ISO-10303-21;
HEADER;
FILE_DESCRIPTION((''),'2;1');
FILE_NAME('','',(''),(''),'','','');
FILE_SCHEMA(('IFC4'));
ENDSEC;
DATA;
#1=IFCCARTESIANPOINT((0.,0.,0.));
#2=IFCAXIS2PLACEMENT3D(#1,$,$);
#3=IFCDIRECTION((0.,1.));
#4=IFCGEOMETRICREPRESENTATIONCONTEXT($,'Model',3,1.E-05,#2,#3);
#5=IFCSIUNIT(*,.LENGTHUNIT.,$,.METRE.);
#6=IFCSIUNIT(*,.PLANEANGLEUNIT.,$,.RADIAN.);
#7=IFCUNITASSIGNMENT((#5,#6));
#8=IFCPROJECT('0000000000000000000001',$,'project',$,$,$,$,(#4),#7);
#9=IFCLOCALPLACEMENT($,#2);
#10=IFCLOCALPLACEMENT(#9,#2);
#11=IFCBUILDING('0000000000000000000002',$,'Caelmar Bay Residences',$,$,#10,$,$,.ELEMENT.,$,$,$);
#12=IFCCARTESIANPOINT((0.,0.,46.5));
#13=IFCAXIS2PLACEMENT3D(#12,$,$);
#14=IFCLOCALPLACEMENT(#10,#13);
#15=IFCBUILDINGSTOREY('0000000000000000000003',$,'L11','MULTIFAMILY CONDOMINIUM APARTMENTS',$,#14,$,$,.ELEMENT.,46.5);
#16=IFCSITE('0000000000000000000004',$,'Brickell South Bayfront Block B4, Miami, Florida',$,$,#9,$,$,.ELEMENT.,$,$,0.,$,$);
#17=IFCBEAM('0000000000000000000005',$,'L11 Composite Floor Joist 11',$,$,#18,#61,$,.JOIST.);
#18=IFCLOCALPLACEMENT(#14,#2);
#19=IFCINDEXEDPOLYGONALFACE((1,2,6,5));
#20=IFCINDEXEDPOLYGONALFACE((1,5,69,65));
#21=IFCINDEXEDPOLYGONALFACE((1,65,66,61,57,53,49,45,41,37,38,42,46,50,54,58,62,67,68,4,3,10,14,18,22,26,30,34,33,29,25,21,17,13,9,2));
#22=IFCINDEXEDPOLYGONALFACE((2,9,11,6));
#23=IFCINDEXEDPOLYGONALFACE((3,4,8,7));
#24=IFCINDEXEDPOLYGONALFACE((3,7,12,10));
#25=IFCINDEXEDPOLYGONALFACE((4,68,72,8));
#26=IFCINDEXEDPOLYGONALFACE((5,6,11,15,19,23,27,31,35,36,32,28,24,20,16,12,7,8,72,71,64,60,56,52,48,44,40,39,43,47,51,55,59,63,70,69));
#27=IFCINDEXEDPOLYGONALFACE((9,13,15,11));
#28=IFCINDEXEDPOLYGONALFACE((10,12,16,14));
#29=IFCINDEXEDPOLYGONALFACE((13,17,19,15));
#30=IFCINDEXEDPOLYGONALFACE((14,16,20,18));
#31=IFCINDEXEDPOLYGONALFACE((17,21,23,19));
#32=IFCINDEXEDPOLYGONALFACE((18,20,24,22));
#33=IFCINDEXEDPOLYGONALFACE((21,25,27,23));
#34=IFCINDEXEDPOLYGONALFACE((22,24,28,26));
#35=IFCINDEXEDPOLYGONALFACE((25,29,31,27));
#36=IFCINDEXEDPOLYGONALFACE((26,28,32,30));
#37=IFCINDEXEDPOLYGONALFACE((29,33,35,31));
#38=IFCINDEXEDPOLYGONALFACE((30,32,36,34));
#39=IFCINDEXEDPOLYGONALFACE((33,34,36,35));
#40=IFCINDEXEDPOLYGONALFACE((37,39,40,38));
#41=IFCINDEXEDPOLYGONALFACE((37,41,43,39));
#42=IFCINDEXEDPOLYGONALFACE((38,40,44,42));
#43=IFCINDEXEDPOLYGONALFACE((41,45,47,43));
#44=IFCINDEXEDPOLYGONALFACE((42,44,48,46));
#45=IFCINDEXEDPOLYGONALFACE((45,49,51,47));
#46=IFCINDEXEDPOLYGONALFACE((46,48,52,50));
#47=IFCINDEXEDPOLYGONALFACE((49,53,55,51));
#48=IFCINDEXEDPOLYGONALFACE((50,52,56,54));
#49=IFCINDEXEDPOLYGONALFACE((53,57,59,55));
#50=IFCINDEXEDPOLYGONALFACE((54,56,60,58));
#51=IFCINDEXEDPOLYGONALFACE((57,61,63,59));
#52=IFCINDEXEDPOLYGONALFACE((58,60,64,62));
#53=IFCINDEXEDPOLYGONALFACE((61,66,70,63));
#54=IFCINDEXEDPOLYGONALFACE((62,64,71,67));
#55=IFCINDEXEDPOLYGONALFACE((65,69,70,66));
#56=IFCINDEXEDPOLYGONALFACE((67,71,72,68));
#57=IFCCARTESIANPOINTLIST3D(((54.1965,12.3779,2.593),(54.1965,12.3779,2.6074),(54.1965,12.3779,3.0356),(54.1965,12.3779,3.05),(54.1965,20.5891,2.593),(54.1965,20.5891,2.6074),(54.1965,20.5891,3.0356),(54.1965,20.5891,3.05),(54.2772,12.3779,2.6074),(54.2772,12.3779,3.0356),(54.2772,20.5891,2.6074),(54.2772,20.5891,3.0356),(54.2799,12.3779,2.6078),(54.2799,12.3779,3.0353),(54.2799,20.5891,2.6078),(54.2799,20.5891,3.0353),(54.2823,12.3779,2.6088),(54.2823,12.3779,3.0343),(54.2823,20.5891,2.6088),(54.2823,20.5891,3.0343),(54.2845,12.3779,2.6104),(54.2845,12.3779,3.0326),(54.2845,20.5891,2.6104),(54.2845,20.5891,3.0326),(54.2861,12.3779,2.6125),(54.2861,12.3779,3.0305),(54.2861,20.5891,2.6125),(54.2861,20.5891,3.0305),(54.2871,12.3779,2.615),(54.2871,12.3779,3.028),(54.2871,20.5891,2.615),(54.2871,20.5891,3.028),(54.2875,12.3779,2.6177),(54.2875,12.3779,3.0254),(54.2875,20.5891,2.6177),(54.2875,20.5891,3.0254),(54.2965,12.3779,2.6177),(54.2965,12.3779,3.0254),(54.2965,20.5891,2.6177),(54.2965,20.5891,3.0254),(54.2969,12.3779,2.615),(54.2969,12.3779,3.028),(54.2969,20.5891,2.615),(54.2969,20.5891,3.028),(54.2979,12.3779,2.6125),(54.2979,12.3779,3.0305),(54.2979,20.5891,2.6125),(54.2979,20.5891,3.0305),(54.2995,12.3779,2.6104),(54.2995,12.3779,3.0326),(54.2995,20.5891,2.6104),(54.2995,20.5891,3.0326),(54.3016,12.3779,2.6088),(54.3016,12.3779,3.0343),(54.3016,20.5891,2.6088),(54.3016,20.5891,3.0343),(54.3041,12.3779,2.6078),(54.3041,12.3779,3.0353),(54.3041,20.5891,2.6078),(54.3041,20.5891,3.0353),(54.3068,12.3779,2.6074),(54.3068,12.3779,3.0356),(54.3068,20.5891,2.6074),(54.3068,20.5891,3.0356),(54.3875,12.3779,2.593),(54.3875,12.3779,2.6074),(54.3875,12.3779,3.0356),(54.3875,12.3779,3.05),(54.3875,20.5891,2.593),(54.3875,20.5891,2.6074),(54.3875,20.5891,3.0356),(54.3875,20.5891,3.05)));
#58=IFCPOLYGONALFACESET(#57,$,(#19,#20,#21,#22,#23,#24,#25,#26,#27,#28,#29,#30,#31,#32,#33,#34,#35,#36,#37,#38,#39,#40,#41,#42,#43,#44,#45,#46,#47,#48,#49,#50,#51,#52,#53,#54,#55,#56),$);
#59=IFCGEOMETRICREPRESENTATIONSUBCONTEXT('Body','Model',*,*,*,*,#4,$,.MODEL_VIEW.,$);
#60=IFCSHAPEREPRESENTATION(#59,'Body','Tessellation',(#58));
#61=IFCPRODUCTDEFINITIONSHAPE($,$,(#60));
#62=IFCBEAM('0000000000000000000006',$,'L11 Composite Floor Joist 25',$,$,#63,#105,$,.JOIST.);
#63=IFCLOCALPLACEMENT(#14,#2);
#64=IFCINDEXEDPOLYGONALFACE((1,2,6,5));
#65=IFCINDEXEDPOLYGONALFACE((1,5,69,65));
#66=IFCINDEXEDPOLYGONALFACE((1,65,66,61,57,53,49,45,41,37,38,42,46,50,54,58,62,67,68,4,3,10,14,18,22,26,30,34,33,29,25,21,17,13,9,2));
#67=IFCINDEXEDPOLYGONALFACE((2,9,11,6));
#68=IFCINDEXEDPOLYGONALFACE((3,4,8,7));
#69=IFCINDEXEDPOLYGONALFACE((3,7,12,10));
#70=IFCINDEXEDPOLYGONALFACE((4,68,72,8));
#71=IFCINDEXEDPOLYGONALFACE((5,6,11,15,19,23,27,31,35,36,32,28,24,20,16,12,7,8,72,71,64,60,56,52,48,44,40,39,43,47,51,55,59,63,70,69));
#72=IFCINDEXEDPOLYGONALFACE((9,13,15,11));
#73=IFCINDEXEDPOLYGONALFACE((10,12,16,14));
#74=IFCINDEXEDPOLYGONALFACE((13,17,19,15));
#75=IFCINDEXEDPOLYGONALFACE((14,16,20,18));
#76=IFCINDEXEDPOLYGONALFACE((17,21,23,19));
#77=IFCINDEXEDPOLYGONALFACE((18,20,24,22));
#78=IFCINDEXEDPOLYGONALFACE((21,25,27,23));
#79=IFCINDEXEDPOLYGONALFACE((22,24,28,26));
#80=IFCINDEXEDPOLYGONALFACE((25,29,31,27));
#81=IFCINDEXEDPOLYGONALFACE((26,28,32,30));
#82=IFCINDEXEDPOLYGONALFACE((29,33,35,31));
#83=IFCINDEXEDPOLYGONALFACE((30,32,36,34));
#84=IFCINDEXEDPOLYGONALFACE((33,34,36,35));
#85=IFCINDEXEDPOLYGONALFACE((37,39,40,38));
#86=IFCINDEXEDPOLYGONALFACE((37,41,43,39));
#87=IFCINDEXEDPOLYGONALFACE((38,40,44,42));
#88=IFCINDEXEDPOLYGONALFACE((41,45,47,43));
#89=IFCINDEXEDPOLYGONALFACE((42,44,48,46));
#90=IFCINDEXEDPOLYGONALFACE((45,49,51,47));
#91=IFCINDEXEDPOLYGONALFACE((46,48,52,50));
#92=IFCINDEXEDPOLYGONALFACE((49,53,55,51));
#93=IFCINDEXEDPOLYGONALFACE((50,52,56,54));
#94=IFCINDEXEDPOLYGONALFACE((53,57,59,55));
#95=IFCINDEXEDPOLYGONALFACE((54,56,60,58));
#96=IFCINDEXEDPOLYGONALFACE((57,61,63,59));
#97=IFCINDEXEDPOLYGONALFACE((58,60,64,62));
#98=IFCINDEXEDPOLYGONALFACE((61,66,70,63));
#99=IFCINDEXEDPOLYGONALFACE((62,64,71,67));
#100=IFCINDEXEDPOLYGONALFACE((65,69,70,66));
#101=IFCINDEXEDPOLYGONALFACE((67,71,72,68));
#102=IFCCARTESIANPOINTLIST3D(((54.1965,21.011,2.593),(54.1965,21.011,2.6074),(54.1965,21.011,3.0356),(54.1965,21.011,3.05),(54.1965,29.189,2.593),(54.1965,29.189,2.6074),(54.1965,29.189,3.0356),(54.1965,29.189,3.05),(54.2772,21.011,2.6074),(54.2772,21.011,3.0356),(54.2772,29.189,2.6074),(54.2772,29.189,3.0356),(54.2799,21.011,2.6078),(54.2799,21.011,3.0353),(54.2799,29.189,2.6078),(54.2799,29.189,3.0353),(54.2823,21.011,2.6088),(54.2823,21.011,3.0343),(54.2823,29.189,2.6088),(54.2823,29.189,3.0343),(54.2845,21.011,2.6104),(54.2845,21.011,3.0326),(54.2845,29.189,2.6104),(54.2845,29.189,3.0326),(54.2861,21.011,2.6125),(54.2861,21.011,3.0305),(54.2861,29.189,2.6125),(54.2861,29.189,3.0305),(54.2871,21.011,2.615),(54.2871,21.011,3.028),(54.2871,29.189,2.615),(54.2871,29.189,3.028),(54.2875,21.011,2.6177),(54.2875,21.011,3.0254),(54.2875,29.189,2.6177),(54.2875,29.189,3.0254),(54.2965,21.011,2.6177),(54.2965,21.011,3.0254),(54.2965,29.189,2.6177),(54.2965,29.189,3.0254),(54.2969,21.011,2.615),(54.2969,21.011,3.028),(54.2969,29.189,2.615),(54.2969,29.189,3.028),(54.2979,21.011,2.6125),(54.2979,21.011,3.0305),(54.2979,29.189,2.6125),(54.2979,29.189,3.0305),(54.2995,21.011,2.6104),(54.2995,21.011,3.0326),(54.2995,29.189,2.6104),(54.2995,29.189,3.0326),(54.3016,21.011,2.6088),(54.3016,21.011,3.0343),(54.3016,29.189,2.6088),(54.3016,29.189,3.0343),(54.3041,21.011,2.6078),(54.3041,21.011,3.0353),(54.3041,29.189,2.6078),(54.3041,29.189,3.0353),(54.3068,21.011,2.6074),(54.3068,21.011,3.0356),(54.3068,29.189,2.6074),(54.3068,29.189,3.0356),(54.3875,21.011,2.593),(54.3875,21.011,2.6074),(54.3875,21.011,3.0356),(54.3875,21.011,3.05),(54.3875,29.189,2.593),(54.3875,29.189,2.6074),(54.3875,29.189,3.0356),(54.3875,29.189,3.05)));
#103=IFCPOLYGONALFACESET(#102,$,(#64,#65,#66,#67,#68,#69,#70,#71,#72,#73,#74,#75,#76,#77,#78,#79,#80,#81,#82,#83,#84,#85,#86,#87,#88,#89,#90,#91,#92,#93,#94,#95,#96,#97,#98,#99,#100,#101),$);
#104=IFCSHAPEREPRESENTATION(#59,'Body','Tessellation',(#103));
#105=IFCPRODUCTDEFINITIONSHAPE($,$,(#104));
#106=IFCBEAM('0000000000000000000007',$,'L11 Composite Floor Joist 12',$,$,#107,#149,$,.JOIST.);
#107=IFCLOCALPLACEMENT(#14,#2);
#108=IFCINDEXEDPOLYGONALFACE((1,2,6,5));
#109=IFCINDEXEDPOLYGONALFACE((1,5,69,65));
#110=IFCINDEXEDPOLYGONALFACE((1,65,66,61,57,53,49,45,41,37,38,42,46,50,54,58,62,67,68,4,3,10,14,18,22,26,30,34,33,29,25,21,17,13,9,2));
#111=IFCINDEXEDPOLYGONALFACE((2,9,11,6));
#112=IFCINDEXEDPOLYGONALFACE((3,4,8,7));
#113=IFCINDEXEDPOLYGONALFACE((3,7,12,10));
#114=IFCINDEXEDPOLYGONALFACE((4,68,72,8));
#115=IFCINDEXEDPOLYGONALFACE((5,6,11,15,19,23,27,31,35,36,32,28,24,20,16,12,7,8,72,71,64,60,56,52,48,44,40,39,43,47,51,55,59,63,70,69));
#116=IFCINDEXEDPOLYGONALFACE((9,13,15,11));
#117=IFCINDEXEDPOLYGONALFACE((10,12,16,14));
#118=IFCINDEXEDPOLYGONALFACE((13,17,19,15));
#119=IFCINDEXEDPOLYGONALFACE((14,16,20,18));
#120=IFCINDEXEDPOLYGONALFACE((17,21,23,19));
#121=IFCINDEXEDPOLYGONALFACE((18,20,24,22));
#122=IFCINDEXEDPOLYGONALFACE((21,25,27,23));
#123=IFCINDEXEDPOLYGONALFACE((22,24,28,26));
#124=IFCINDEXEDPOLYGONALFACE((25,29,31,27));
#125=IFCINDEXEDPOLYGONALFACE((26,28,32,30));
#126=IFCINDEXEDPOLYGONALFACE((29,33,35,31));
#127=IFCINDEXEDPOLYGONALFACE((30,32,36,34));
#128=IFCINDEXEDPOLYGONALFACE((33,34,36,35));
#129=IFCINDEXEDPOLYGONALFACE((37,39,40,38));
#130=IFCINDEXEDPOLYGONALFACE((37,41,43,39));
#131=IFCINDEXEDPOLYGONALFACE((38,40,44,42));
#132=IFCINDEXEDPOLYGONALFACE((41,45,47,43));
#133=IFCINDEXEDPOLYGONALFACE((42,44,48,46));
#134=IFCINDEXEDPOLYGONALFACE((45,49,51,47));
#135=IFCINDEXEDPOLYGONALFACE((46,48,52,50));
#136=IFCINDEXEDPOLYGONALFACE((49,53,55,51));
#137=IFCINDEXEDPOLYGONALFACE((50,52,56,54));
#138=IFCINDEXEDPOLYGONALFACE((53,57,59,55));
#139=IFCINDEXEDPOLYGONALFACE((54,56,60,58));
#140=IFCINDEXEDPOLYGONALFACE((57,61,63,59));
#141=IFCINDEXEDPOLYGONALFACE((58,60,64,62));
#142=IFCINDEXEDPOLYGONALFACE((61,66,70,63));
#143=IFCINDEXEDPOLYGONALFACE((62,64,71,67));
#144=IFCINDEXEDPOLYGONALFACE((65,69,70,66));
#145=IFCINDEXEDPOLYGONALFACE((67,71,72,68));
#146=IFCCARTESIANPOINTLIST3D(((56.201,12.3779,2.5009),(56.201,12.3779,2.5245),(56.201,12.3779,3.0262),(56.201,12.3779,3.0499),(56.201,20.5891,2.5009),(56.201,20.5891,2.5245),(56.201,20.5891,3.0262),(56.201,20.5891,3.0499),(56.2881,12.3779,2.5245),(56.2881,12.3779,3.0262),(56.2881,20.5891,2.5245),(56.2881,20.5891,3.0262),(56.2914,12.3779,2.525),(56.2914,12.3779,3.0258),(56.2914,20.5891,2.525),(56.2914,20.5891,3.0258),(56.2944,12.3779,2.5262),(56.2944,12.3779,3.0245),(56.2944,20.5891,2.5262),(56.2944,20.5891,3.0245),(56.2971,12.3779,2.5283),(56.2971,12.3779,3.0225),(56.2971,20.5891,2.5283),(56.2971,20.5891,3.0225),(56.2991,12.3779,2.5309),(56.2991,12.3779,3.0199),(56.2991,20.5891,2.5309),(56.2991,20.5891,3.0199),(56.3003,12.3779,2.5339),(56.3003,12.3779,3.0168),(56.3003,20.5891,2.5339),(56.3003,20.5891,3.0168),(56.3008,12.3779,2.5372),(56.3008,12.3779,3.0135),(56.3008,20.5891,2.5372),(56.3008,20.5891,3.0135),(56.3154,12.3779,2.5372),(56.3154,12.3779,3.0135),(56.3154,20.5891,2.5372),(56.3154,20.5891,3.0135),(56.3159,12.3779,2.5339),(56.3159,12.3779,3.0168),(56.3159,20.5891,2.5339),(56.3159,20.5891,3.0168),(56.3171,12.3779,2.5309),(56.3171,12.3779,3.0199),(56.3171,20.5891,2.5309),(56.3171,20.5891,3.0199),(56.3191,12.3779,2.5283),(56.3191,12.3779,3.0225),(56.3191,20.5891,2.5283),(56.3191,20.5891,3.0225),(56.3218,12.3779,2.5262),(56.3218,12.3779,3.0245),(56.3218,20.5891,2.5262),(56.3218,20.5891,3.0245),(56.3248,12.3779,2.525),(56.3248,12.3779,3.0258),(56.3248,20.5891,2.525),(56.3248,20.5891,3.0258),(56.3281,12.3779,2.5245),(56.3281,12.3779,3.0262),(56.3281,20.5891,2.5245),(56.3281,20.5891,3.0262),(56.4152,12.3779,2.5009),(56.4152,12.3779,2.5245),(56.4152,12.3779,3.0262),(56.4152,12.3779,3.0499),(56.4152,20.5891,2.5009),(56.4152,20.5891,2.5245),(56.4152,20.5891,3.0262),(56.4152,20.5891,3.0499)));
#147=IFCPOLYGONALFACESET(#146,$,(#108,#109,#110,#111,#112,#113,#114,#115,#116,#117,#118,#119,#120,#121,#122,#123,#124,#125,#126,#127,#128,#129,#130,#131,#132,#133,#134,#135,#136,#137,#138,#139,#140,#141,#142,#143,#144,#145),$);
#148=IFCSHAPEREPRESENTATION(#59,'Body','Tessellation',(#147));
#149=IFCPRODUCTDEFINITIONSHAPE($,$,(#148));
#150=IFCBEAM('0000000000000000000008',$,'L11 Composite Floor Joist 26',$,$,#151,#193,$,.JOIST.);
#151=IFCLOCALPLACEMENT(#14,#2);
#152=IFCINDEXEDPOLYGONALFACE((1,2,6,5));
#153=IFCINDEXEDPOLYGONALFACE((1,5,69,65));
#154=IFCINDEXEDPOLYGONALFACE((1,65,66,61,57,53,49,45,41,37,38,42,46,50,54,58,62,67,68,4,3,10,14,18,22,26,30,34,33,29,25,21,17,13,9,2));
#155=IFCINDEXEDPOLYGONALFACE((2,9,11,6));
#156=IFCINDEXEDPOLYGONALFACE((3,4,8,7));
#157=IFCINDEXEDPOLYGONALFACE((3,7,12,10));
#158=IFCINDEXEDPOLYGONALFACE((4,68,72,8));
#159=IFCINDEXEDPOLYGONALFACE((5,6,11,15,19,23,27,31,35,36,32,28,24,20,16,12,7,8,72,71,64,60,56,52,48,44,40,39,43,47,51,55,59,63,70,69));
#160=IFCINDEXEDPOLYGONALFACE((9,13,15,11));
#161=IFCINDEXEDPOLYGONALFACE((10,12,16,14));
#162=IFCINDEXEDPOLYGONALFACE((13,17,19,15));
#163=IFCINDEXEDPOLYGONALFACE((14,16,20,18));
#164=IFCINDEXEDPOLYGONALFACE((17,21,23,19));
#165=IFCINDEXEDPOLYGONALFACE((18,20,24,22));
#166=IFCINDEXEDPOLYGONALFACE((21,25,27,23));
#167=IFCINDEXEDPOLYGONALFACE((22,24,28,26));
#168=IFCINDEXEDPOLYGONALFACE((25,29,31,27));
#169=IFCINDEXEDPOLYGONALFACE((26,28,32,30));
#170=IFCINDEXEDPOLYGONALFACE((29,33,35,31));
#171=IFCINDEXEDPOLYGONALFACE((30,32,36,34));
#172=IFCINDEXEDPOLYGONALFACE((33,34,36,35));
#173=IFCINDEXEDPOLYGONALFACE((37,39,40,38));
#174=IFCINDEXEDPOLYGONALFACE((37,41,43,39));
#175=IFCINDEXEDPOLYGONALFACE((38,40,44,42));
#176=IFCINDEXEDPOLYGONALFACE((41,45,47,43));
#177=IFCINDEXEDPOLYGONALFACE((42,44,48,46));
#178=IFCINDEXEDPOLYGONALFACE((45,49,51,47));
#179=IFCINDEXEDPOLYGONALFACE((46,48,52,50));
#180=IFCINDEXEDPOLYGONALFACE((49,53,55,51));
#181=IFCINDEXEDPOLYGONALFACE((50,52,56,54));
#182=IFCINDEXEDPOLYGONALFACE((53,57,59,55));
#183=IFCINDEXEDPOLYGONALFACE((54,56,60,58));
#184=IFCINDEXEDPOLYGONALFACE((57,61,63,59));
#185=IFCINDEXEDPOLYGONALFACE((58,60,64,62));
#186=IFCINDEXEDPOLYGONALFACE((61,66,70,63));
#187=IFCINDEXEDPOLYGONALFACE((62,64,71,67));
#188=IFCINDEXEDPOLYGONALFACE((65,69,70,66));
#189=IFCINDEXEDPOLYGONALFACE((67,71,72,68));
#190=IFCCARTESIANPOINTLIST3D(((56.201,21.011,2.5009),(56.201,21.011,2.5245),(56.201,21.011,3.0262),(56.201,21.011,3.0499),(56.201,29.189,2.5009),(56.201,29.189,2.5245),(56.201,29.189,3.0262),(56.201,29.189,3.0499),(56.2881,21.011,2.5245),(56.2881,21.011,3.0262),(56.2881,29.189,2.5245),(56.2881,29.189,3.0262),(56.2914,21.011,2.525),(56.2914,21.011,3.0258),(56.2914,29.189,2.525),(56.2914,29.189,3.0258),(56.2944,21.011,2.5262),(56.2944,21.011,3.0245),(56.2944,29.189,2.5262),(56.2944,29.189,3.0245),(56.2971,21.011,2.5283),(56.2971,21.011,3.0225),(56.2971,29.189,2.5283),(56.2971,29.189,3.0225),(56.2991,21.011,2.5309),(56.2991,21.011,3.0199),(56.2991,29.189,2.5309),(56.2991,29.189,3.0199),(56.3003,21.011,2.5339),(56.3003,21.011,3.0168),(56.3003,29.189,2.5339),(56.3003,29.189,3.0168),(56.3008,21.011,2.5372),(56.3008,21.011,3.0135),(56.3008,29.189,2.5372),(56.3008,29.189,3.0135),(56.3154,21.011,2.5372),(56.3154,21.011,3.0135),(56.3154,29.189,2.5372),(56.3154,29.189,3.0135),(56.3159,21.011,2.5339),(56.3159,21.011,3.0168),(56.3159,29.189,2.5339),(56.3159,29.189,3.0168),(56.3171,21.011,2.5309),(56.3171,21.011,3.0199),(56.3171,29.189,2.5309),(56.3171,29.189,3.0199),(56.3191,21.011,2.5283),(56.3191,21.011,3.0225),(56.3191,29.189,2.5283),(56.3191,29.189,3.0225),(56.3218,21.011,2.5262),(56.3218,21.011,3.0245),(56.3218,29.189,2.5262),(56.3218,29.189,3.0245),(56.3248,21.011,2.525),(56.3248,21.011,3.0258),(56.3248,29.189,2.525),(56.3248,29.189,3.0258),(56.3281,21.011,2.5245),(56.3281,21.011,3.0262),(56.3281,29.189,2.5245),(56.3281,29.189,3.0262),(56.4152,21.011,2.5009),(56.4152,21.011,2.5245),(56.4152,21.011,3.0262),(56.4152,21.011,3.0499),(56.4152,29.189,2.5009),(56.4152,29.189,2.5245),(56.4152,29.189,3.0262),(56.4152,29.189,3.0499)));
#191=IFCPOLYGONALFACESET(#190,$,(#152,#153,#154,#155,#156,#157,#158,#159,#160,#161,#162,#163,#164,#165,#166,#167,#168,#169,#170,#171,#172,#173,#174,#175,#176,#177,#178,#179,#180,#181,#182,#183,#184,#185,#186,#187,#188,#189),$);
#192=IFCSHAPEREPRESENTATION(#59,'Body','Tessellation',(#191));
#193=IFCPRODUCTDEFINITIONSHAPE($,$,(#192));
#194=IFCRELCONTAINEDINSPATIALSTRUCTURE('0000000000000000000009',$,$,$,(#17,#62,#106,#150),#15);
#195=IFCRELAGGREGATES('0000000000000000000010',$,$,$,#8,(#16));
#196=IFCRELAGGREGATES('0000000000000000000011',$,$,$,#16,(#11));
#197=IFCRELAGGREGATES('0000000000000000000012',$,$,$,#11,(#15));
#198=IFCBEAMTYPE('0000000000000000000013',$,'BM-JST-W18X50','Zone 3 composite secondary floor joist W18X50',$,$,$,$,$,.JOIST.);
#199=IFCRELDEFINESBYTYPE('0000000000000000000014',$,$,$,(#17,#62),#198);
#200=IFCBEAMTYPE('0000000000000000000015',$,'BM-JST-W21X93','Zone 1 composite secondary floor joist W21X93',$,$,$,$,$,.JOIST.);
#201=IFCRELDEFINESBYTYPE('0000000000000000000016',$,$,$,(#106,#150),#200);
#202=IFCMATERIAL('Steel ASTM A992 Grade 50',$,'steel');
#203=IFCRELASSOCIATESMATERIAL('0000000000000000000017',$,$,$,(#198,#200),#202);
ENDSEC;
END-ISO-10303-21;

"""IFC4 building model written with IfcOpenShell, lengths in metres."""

from ifc_helpers import new_model, si_unit, direction, frame, origin, origin_2d, place, context, subcontext, project, spatial, i_section, extrude, material, material_profile, profile_set, type_object, element, save


model = new_model("IFC4")

# Units and contexts
model_context = context("Model", 3, precision=1e-05, world=origin(), true_north=direction((0.0, 1.0)))
body_context = subcontext(model_context, "Body", "Model", "MODEL_VIEW")
ifc_project = project(units=[si_unit("LENGTHUNIT", "METRE"), si_unit("PLANEANGLEUNIT", "RADIAN")], contexts=[model_context])

# Site, building, storey
site_placement = place(None, origin())
site = spatial("IfcSite", under=ifc_project, at=site_placement, Name="Brickell South Bayfront Block B4, Miami, Florida", CompositionType="ELEMENT", RefElevation=0.0)
building_placement = place(site_placement, origin())
building = spatial("IfcBuilding", under=site, at=building_placement, Name="Caelmar Bay Residences", CompositionType="ELEMENT")
storey_placement = place(building_placement, frame((0.0, 0.0, 46.5)))
storey = spatial("IfcBuildingStorey", under=building, at=storey_placement, Name="L11", Description="MULTIFAMILY CONDOMINIUM APARTMENTS", CompositionType="ELEMENT", Elevation=46.5)

# Beams
ifc_material_1 = material(Name="Steel ASTM A992 Grade 50", Category="steel")
ifc_material_profile_1 = material_profile(ifc_material_1, i_section(OverallWidth=0.1909, OverallDepth=0.457, WebThickness=0.009, FlangeThickness=0.0144, FilletRadius=0.0103, at=origin_2d()), Name="W18X50")
ifc_profile_set_1 = profile_set([ifc_material_profile_1], Name="Steel ASTM A992 Grade 50")
beam_type_1 = type_object("IfcBeamType", Name="BM-JST-W18X50", Description="Zone 3 composite secondary floor joist W18X50", PredefinedType="JOIST", material=ifc_profile_set_1)
beam_1_placement = place(storey_placement, frame((54.292, 12.3779, 2.8215), z_axis=(0.0, 1.0, 0.0), x_axis=(-1.0, 0.0, 0.0)))
element("IfcBeam", 1, at=beam_1_placement, inside=storey, type_object=beam_type_1, Name="L11 Composite Floor Joist 11", PredefinedType="JOIST", context=body_context, shape_type="SweptSolid", body=[
    extrude(i_section(OverallWidth=0.1909, OverallDepth=0.457, WebThickness=0.009, FlangeThickness=0.0144, FilletRadius=0.0103, at=origin_2d()), origin(), (0.0, 0.0, 1.0), 8.2112),
])
beam_2_placement = place(storey_placement, frame((54.292, 21.011, 2.8215), z_axis=(0.0, 1.0, 0.0), x_axis=(-1.0, 0.0, 0.0)))
element("IfcBeam", 2, at=beam_2_placement, inside=storey, type_object=beam_type_1, Name="L11 Composite Floor Joist 25", PredefinedType="JOIST", context=body_context, shape_type="SweptSolid", body=[
    extrude(i_section(OverallWidth=0.1909, OverallDepth=0.457, WebThickness=0.009, FlangeThickness=0.0144, FilletRadius=0.0103, at=origin_2d()), origin(), (0.0, 0.0, 1.0), 8.178),
])
ifc_material_profile_2 = material_profile(ifc_material_1, i_section(OverallWidth=0.2141, OverallDepth=0.5491, WebThickness=0.0146, FlangeThickness=0.0237, FilletRadius=0.0127, at=origin_2d()), Name="W21X93")
ifc_profile_set_2 = profile_set([ifc_material_profile_2], Name="Steel ASTM A992 Grade 50")
beam_type_2 = type_object("IfcBeamType", Name="BM-JST-W21X93", Description="Zone 1 composite secondary floor joist W21X93", PredefinedType="JOIST", material=ifc_profile_set_2)
beam_3_placement = place(storey_placement, frame((56.3081, 12.3779, 2.7754), z_axis=(0.0, 1.0, 0.0), x_axis=(-1.0, 0.0, 0.0)))
element("IfcBeam", 3, at=beam_3_placement, inside=storey, type_object=beam_type_2, Name="L11 Composite Floor Joist 12", PredefinedType="JOIST", context=body_context, shape_type="SweptSolid", body=[
    extrude(i_section(OverallWidth=0.2141, OverallDepth=0.5491, WebThickness=0.0146, FlangeThickness=0.0237, FilletRadius=0.0127, at=origin_2d()), origin(), (0.0, 0.0, 1.0), 8.2112),
])
beam_4_placement = place(storey_placement, frame((56.3081, 21.011, 2.7754), z_axis=(0.0, 1.0, 0.0), x_axis=(-1.0, 0.0, 0.0)))
element("IfcBeam", 4, at=beam_4_placement, inside=storey, type_object=beam_type_2, Name="L11 Composite Floor Joist 26", PredefinedType="JOIST", context=body_context, shape_type="SweptSolid", body=[
    extrude(i_section(OverallWidth=0.2141, OverallDepth=0.5491, WebThickness=0.0146, FlangeThickness=0.0237, FilletRadius=0.0127, at=origin_2d()), origin(), (0.0, 0.0, 1.0), 8.178),
])

save(model, "model.ifc")
